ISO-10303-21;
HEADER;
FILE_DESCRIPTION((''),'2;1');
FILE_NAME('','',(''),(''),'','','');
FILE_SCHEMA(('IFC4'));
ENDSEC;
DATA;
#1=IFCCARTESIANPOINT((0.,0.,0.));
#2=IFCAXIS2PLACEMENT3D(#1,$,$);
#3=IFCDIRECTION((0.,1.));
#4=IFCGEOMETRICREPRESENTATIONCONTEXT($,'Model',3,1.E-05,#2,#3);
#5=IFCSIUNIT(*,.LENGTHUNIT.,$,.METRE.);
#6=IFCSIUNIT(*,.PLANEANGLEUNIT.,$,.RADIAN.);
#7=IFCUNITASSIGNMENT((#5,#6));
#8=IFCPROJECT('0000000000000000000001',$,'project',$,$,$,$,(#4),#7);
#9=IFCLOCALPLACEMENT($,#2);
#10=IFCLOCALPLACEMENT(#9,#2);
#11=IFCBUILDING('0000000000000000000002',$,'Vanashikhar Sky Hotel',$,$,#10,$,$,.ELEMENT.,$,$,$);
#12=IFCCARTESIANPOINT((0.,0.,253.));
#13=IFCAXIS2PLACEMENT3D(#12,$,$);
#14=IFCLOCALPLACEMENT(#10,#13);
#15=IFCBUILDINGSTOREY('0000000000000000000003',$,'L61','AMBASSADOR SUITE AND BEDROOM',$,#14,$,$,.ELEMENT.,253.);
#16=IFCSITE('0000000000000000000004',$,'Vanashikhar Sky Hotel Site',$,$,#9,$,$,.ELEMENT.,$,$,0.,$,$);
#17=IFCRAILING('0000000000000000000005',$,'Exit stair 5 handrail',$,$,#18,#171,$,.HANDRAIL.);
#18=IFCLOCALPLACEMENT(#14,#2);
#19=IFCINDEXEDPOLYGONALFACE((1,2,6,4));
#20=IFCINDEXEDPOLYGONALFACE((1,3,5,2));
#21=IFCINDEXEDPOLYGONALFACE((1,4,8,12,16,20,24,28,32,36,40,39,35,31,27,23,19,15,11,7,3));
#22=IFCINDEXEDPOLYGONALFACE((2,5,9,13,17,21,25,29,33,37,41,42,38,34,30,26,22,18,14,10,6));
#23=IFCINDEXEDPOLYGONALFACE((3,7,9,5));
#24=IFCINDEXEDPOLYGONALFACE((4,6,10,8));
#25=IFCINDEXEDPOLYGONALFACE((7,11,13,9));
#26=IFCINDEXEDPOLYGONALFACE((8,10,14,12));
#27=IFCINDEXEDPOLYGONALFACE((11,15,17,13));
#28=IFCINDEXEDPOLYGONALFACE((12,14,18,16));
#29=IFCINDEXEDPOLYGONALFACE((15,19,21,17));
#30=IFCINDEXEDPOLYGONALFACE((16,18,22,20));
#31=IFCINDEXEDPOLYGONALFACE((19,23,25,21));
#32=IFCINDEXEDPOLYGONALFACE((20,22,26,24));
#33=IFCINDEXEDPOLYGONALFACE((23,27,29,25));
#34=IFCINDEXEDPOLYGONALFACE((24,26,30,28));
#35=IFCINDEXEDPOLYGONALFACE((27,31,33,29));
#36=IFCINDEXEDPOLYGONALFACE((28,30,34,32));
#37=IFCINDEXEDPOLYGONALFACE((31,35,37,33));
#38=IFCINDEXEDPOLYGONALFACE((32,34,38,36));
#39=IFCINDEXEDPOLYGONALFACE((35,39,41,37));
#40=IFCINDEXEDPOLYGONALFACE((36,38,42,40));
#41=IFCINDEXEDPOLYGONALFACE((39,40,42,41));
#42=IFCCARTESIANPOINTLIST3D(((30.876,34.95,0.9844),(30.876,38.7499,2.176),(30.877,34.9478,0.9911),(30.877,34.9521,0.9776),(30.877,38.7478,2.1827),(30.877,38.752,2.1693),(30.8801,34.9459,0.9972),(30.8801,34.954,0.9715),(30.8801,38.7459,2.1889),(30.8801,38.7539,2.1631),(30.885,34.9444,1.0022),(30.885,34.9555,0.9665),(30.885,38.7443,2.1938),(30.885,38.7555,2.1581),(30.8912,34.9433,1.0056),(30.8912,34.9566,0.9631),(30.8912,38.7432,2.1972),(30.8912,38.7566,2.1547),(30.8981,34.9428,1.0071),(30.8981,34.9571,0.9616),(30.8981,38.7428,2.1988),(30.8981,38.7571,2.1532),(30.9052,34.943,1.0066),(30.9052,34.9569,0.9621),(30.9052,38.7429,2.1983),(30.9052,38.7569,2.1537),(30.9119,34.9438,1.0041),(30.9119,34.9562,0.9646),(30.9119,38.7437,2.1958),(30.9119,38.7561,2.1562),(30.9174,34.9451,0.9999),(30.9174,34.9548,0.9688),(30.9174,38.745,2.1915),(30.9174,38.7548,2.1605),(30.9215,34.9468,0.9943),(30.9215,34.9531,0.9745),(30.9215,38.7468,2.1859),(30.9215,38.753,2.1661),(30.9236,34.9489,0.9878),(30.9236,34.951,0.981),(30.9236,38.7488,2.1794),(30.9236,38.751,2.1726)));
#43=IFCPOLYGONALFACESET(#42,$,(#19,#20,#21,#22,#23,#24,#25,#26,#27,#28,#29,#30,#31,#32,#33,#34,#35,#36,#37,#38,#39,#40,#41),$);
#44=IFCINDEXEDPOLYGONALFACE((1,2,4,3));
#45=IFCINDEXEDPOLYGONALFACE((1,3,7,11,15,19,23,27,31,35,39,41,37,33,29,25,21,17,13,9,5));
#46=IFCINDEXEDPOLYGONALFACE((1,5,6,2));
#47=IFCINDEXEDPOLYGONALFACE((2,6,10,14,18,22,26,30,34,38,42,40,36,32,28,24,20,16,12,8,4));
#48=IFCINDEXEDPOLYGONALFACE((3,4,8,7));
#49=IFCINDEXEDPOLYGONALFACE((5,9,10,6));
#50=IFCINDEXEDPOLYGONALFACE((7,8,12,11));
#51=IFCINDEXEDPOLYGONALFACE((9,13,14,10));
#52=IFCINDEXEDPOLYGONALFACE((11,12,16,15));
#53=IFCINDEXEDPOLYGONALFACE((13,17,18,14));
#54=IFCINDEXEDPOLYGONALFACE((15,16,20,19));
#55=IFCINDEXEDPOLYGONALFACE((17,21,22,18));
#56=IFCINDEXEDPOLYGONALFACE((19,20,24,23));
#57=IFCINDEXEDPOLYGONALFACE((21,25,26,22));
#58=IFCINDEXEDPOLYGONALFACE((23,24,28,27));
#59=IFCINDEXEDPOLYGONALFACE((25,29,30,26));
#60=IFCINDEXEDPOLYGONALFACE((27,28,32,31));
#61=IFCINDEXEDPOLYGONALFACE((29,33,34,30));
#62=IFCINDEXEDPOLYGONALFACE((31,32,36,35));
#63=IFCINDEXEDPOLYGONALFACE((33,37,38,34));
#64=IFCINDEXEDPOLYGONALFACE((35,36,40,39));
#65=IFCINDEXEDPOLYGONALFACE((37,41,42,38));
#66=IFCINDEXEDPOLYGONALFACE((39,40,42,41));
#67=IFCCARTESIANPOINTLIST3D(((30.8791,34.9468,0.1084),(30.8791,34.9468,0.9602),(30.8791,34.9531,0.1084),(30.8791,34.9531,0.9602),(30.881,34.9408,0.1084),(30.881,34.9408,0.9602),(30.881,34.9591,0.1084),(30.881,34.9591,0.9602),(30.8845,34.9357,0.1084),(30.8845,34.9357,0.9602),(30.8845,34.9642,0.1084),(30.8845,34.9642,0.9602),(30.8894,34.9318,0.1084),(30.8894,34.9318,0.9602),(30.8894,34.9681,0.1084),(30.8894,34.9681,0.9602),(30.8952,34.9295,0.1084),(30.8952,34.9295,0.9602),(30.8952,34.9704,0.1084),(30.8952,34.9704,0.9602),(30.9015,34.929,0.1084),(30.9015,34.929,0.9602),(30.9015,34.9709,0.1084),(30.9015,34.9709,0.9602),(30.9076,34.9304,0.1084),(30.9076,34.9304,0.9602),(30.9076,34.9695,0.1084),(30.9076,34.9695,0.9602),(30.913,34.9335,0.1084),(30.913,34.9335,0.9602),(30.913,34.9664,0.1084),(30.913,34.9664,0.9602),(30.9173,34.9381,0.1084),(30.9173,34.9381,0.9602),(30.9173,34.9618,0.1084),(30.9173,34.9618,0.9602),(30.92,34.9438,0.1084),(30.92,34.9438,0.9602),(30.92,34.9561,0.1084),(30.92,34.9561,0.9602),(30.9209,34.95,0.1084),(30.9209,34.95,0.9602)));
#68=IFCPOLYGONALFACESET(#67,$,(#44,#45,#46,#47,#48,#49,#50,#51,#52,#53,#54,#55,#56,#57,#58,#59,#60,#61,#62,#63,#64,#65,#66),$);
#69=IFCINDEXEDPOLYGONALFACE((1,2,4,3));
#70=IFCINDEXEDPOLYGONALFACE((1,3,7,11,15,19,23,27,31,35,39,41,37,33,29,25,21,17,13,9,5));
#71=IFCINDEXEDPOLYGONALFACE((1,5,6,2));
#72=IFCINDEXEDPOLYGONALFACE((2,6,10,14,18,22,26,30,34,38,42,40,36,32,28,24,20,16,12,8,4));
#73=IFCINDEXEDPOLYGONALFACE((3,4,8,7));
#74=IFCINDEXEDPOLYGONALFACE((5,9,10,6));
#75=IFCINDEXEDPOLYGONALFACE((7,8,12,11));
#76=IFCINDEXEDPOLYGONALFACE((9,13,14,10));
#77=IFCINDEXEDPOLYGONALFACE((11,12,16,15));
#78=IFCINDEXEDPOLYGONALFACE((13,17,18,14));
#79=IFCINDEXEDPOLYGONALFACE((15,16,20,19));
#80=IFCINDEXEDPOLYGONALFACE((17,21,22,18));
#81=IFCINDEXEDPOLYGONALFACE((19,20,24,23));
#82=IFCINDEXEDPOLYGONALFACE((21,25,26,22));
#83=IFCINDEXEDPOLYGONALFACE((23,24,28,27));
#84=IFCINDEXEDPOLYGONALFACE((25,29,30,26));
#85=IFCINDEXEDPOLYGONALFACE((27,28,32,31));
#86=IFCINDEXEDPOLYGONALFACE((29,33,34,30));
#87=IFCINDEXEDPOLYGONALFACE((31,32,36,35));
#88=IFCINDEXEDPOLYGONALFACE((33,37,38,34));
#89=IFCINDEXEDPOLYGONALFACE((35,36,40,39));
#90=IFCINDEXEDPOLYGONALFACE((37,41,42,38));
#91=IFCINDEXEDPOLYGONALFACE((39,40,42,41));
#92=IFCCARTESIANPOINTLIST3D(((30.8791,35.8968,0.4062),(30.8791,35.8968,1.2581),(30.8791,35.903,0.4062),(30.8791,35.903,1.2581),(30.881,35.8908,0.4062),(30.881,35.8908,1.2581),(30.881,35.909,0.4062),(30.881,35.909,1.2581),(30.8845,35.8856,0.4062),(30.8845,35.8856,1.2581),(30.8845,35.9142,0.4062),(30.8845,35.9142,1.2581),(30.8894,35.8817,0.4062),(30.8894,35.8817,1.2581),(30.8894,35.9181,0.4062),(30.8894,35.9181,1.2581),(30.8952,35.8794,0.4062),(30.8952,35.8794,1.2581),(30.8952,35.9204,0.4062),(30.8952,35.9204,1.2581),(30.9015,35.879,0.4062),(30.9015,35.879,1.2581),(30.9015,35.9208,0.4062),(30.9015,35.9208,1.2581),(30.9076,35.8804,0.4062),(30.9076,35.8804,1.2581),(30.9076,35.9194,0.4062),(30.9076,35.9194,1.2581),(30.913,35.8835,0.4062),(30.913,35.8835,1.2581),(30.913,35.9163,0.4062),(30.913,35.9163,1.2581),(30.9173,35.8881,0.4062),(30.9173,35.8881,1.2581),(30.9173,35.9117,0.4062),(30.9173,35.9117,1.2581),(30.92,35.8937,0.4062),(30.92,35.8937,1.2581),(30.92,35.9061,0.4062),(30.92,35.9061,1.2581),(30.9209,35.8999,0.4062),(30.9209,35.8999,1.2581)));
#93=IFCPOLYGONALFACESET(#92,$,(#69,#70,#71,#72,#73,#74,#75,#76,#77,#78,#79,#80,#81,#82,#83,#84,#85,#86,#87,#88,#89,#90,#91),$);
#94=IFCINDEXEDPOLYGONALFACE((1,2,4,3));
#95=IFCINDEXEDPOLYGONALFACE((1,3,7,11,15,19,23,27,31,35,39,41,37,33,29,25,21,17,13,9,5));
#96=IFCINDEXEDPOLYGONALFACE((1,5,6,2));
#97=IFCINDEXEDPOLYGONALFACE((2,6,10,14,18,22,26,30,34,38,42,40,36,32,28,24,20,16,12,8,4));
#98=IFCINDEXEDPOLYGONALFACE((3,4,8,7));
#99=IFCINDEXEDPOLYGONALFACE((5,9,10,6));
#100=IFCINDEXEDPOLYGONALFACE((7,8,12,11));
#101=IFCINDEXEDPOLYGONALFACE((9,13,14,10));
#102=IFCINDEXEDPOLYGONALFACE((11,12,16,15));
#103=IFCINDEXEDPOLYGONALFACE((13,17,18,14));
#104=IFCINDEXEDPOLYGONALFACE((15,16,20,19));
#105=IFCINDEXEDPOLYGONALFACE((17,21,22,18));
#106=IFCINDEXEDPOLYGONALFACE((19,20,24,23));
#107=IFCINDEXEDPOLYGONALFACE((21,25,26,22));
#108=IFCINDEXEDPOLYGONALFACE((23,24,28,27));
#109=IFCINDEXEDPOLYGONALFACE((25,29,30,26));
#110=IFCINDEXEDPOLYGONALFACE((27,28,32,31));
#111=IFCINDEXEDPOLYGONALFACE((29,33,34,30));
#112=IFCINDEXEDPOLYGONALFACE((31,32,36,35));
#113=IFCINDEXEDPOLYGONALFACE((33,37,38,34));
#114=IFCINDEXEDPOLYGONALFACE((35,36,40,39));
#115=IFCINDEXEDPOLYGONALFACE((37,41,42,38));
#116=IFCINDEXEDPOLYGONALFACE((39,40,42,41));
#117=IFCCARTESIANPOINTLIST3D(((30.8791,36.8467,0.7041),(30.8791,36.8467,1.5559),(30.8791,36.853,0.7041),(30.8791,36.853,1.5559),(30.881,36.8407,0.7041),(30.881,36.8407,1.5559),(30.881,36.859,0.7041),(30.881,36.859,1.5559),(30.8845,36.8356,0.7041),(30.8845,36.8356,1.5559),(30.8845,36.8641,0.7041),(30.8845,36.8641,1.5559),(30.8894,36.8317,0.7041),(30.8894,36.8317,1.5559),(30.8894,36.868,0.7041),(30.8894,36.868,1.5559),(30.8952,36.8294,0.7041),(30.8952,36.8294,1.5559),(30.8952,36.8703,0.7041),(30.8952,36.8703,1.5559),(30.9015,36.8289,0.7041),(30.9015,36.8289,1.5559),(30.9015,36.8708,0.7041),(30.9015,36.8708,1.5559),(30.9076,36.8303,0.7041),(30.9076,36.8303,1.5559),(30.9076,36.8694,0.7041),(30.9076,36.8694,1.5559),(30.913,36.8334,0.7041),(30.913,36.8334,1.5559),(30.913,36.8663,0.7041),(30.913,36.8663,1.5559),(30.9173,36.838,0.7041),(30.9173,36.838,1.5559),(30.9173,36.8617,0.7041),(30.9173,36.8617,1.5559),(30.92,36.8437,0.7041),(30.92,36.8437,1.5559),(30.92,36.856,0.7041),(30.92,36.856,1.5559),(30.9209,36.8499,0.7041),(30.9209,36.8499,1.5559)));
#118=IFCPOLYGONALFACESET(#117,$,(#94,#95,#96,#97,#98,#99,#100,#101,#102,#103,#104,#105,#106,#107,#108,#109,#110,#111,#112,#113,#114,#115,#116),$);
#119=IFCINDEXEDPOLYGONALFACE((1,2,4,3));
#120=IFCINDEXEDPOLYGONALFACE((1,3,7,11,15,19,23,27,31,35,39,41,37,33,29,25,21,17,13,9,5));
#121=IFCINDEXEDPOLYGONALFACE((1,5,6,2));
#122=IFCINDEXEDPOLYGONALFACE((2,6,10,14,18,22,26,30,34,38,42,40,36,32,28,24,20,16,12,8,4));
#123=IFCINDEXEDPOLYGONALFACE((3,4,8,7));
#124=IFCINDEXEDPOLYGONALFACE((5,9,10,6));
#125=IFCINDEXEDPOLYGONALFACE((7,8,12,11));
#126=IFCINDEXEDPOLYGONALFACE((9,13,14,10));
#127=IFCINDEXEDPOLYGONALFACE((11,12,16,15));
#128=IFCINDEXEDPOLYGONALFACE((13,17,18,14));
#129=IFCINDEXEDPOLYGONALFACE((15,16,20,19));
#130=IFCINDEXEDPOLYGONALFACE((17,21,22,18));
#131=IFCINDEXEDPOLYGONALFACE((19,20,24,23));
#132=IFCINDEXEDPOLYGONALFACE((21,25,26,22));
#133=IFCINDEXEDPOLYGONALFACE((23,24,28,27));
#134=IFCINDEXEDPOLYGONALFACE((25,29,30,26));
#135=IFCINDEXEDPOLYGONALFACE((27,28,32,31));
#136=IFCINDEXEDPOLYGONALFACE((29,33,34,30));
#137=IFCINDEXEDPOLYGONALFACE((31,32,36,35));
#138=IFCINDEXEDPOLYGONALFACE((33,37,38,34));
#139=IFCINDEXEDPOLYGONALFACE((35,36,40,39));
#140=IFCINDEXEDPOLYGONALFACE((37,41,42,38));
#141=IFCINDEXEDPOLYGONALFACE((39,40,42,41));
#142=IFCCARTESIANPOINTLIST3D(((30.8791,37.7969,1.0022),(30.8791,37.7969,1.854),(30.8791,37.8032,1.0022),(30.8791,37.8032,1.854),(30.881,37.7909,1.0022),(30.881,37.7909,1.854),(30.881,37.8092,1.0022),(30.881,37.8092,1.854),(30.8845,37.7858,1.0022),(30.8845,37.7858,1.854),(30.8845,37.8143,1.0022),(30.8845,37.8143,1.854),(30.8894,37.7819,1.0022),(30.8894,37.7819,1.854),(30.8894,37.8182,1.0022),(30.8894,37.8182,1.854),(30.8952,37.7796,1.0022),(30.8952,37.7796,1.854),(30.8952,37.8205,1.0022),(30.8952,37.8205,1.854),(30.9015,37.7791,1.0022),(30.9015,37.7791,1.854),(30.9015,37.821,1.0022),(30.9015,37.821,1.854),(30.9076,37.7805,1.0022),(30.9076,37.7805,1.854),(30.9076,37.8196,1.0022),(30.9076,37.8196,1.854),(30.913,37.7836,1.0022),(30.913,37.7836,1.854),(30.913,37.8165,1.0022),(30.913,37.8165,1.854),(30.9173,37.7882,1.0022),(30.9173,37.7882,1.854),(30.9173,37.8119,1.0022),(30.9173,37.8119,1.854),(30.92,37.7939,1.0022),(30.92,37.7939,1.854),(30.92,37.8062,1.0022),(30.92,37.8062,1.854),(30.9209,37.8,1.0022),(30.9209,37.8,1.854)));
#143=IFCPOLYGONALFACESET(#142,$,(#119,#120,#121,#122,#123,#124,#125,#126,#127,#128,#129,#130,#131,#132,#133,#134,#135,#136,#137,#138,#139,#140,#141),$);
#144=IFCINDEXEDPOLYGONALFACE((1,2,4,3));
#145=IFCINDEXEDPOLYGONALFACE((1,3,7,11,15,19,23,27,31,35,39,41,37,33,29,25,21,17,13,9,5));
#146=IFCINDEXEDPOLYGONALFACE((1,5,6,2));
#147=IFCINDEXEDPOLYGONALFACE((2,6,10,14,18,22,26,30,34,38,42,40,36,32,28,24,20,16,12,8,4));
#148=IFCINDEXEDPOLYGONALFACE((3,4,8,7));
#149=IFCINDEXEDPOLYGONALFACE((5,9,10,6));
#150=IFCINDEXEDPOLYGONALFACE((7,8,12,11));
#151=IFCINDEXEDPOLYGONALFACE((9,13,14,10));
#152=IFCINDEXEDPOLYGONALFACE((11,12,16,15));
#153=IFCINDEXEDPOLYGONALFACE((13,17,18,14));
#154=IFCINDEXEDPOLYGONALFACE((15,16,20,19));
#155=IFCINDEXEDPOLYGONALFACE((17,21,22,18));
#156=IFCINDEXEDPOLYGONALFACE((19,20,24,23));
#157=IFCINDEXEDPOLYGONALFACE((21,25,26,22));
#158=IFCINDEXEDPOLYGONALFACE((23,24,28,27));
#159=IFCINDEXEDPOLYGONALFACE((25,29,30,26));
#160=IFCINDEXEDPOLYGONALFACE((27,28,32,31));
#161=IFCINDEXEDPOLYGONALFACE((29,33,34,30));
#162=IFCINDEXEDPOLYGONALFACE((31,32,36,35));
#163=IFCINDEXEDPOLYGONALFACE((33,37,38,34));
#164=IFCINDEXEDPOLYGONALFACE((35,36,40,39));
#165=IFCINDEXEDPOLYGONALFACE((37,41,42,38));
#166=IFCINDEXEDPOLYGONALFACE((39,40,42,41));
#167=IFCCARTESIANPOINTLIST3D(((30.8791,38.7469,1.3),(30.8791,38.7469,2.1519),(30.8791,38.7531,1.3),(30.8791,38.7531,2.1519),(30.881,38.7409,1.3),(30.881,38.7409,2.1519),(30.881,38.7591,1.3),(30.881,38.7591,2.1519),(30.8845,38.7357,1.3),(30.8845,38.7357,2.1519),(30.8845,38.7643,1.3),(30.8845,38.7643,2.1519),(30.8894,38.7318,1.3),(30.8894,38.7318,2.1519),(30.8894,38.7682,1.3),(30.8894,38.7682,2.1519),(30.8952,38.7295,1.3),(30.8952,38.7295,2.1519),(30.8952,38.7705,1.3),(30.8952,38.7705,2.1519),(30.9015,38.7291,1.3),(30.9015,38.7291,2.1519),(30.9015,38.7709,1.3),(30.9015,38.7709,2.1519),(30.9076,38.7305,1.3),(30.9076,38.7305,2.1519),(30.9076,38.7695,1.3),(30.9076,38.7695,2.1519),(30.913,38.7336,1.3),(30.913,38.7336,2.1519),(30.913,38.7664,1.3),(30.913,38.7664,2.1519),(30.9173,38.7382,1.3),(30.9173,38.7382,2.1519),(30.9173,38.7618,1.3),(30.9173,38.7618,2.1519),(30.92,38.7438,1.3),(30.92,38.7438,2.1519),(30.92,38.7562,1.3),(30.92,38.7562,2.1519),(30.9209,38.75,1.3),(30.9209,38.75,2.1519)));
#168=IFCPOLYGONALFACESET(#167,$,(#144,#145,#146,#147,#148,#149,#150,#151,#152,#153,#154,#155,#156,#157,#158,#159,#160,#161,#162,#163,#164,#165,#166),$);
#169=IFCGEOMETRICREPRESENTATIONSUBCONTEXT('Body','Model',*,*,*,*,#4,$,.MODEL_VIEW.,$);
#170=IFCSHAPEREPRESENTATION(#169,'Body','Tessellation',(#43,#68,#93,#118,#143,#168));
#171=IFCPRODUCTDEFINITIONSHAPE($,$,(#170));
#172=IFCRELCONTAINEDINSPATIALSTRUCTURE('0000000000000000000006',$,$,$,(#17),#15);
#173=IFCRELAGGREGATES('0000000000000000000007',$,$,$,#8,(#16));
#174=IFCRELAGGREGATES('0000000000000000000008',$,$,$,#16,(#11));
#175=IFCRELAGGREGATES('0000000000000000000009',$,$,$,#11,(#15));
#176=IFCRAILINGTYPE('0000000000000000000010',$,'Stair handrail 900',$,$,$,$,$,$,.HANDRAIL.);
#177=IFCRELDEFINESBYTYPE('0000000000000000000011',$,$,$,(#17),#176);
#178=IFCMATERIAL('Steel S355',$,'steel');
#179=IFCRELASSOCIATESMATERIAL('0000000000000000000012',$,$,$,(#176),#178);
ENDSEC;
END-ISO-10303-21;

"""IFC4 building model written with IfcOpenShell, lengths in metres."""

from ifc_helpers import new_model, si_unit, direction, frame, origin, origin_2d, place, context, subcontext, project, spatial, circle, extrude, source, transform, mapped, material, type_object, element, save


model = new_model("IFC4")

# Units and contexts
model_context = context("Model", 3, precision=1e-05, world=origin(), true_north=direction((0.0, 1.0)))
body_context = subcontext(model_context, "Body", "Model", "MODEL_VIEW")
ifc_project = project(units=[si_unit("LENGTHUNIT", "METRE"), si_unit("PLANEANGLEUNIT", "RADIAN")], contexts=[model_context])

# Site, building, storey
site_placement = place(None, origin())
site = spatial("IfcSite", under=ifc_project, at=site_placement, Name="Vanashikhar Sky Hotel Site", CompositionType="ELEMENT", RefElevation=0.0)
building_placement = place(site_placement, origin())
building = spatial("IfcBuilding", under=site, at=building_placement, Name="Vanashikhar Sky Hotel", CompositionType="ELEMENT")
storey_placement = place(building_placement, frame((0.0, 0.0, 253.0)))
storey = spatial("IfcBuildingStorey", under=building, at=storey_placement, Name="L61", Description="AMBASSADOR SUITE AND BEDROOM", CompositionType="ELEMENT", Elevation=253.0)

# Railing
ifc_material_1 = material(Name="Steel S355", Category="steel")
railing_type_1 = type_object("IfcRailingType", Name="Stair handrail 900", PredefinedType="HANDRAIL", material=ifc_material_1)
shared_shape_1 = source(origin(), body_context, "Body", "SweptSolid", [
    extrude(circle(Radius=0.0239, at=origin_2d()), frame((0.0, 0.0, 0.876), z_axis=(0.0, 0.954184, 0.299221), x_axis=(-1.0, 0.0, 0.0)), (0.0, 0.0, 1.0), 3.9824),
    extrude(circle(Radius=0.021, at=origin_2d()), origin(), (0.0, 0.0, 1.0), 0.8518),
    extrude(circle(Radius=0.021, at=origin_2d()), frame((0.0, 0.95, 0.2979)), (0.0, 0.0, 1.0), 0.8518),
    extrude(circle(Radius=0.021, at=origin_2d()), frame((0.0, 1.8999, 0.5957)), (0.0, 0.0, 1.0), 0.8518),
    extrude(circle(Radius=0.021, at=origin_2d()), frame((0.0, 2.8501, 0.8938)), (0.0, 0.0, 1.0), 0.8518),
    extrude(circle(Radius=0.021, at=origin_2d()), frame((0.0, 3.8, 1.1917)), (0.0, 0.0, 1.0), 0.8518),
])
for number, where, name in (
    (1, (30.8999, 34.95, 0.1084), "Exit stair 5 handrail"),
):
    element("IfcRailing", number, at=place(storey_placement, frame(where)), inside=storey, type_object=railing_type_1, Name=name, PredefinedType="HANDRAIL", context=body_context, shape_type="MappedRepresentation", body=[
        mapped(shared_shape_1, transform((0.0, 0.0, 0.0), scale=1.0)),
    ])

save(model, "model.ifc")
